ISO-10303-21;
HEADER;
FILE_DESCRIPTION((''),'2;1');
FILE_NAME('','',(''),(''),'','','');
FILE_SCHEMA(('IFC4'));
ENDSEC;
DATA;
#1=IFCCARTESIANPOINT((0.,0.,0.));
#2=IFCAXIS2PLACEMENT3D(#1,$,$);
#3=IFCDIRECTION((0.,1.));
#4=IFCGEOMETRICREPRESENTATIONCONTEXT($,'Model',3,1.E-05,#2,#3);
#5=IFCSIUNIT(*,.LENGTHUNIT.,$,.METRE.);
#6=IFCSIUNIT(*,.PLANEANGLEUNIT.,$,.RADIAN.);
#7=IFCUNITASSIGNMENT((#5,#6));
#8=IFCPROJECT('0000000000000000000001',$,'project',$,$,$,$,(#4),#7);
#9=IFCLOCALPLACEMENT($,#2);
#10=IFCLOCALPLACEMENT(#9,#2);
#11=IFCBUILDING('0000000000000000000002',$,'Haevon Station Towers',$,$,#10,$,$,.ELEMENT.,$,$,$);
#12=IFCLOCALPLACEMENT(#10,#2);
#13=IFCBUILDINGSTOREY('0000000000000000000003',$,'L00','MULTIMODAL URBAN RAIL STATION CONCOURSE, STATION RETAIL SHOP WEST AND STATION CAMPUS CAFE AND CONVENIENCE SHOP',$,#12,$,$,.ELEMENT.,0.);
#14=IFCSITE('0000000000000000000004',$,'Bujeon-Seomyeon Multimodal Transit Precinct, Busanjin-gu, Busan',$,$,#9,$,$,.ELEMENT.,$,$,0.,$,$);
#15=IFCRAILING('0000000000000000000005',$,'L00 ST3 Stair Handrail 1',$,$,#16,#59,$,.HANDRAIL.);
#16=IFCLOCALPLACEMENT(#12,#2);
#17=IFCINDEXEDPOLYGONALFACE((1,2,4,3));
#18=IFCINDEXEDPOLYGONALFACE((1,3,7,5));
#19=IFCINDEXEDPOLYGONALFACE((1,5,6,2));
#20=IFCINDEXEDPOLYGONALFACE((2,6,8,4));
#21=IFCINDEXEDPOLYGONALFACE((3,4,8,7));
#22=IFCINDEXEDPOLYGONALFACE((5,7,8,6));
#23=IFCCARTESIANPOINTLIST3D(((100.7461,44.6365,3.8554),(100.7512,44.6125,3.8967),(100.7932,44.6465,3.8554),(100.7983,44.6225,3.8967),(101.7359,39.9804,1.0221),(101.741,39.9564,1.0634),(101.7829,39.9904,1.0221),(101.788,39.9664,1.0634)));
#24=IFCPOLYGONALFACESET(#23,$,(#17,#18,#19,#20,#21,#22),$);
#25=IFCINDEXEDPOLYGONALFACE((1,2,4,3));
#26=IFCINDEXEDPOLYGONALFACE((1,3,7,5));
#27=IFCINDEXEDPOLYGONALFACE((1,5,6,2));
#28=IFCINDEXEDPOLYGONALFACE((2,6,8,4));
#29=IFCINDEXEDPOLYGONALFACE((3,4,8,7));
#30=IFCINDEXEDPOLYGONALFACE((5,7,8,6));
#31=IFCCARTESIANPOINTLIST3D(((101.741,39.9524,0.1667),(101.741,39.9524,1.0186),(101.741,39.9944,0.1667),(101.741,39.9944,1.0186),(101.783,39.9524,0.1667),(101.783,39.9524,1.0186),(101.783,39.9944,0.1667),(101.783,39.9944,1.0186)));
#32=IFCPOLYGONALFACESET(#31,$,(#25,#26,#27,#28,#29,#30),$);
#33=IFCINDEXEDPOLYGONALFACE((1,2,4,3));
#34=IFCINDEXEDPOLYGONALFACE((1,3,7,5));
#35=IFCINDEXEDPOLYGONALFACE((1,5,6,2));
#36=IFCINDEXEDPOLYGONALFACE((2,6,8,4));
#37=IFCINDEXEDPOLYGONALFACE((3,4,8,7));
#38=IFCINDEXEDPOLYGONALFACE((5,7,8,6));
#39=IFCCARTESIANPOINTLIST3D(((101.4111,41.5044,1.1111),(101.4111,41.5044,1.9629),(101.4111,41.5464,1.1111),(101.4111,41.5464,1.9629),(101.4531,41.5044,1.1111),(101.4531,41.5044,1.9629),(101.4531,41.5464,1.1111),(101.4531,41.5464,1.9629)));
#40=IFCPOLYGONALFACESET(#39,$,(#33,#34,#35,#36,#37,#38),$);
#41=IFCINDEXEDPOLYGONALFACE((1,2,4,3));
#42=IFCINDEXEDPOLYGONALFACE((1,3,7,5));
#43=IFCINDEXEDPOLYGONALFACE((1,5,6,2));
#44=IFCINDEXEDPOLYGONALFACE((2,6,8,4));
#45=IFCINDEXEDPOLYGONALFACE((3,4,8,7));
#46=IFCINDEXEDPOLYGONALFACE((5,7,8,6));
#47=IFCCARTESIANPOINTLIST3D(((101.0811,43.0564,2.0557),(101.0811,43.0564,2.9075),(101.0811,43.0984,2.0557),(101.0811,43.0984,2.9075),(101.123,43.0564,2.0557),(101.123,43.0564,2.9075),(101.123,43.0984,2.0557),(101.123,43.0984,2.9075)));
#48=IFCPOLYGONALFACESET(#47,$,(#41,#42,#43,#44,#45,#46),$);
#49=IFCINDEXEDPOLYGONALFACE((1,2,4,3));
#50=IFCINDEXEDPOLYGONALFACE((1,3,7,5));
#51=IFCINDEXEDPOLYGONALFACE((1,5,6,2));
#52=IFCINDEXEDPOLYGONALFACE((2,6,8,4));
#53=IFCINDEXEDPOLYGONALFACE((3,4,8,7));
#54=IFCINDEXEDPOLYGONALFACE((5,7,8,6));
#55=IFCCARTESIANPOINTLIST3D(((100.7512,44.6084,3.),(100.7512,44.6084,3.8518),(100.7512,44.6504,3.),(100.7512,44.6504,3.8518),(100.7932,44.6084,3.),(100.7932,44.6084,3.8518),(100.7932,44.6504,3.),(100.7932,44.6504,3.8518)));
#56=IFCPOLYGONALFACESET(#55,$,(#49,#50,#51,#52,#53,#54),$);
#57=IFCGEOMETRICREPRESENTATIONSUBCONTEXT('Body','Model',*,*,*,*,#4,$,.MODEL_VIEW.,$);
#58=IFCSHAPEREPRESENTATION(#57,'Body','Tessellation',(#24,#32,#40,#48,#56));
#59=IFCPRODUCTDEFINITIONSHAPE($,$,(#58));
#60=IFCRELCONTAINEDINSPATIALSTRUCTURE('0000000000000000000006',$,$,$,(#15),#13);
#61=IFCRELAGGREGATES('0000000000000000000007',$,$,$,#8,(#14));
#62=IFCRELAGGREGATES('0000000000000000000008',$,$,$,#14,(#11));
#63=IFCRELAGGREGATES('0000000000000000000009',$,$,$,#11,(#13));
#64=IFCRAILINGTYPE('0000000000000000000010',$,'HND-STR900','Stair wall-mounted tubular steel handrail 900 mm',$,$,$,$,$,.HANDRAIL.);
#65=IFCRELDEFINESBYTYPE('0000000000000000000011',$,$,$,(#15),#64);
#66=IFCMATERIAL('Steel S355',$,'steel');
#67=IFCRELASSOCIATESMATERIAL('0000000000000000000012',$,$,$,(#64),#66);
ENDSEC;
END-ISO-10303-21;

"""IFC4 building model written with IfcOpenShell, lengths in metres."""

from ifc_helpers import new_model, si_unit, direction, frame, origin, origin_2d, place, context, subcontext, project, spatial, rectangle, extrude, material, type_object, element, save


model = new_model("IFC4")

# Units and contexts
model_context = context("Model", 3, precision=1e-05, world=origin(), true_north=direction((0.0, 1.0)))
body_context = subcontext(model_context, "Body", "Model", "MODEL_VIEW")
ifc_project = project(units=[si_unit("LENGTHUNIT", "METRE"), si_unit("PLANEANGLEUNIT", "RADIAN")], contexts=[model_context])

# Site, building, storey
site_placement = place(None, origin())
site = spatial("IfcSite", under=ifc_project, at=site_placement, Name="Bujeon-Seomyeon Multimodal Transit Precinct, Busanjin-gu, Busan", CompositionType="ELEMENT", RefElevation=0.0)
building_placement = place(site_placement, origin())
building = spatial("IfcBuilding", under=site, at=building_placement, Name="Haevon Station Towers", CompositionType="ELEMENT")
storey_placement = place(building_placement, origin())
storey = spatial("IfcBuildingStorey", under=building, at=storey_placement, Name="L00", Description="MULTIMODAL URBAN RAIL STATION CONCOURSE, STATION RETAIL SHOP WEST AND STATION CAMPUS CAFE AND CONVENIENCE SHOP", CompositionType="ELEMENT", Elevation=0.0)

# Shared definitions
ifc_material_1 = material(Name="Steel S355", Category="steel")

# Railing
railing_type_1 = type_object("IfcRailingType", Name="HND-STR900", Description="Stair wall-mounted tubular steel handrail 900 mm", PredefinedType="HANDRAIL", material=ifc_material_1)
railing_1_placement = place(storey_placement, frame((101.762, 39.9734, 0.1667)))
element("IfcRailing", 1, at=railing_1_placement, inside=storey, type_object=railing_type_1, Name="L00 ST3 Stair Handrail 1", PredefinedType="HANDRAIL", context=body_context, shape_type="SweptSolid", body=[
    extrude(rectangle(XDim=0.0481, YDim=0.0481, at=origin_2d()), frame((0.0, 0.0, 0.876), z_axis=(-0.178673, 0.84052, 0.51147), x_axis=(-0.978144, -0.207928, 0.0)), (0.0, 0.0, 1.0), 5.5396),
    extrude(rectangle(XDim=0.042, YDim=0.042, at=origin_2d()), origin(), (0.0, 0.0, 1.0), 0.8518),
    extrude(rectangle(XDim=0.042, YDim=0.042, at=origin_2d()), frame((-0.3298, 1.552, 0.9443)), (0.0, 0.0, 1.0), 0.8518),
    extrude(rectangle(XDim=0.042, YDim=0.042, at=origin_2d()), frame((-0.6599, 3.104, 1.8889)), (0.0, 0.0, 1.0), 0.8518),
    extrude(rectangle(XDim=0.042, YDim=0.042, at=origin_2d()), frame((-0.9897, 4.656, 2.8333)), (0.0, 0.0, 1.0), 0.8518),
])

save(model, "model.ifc")
